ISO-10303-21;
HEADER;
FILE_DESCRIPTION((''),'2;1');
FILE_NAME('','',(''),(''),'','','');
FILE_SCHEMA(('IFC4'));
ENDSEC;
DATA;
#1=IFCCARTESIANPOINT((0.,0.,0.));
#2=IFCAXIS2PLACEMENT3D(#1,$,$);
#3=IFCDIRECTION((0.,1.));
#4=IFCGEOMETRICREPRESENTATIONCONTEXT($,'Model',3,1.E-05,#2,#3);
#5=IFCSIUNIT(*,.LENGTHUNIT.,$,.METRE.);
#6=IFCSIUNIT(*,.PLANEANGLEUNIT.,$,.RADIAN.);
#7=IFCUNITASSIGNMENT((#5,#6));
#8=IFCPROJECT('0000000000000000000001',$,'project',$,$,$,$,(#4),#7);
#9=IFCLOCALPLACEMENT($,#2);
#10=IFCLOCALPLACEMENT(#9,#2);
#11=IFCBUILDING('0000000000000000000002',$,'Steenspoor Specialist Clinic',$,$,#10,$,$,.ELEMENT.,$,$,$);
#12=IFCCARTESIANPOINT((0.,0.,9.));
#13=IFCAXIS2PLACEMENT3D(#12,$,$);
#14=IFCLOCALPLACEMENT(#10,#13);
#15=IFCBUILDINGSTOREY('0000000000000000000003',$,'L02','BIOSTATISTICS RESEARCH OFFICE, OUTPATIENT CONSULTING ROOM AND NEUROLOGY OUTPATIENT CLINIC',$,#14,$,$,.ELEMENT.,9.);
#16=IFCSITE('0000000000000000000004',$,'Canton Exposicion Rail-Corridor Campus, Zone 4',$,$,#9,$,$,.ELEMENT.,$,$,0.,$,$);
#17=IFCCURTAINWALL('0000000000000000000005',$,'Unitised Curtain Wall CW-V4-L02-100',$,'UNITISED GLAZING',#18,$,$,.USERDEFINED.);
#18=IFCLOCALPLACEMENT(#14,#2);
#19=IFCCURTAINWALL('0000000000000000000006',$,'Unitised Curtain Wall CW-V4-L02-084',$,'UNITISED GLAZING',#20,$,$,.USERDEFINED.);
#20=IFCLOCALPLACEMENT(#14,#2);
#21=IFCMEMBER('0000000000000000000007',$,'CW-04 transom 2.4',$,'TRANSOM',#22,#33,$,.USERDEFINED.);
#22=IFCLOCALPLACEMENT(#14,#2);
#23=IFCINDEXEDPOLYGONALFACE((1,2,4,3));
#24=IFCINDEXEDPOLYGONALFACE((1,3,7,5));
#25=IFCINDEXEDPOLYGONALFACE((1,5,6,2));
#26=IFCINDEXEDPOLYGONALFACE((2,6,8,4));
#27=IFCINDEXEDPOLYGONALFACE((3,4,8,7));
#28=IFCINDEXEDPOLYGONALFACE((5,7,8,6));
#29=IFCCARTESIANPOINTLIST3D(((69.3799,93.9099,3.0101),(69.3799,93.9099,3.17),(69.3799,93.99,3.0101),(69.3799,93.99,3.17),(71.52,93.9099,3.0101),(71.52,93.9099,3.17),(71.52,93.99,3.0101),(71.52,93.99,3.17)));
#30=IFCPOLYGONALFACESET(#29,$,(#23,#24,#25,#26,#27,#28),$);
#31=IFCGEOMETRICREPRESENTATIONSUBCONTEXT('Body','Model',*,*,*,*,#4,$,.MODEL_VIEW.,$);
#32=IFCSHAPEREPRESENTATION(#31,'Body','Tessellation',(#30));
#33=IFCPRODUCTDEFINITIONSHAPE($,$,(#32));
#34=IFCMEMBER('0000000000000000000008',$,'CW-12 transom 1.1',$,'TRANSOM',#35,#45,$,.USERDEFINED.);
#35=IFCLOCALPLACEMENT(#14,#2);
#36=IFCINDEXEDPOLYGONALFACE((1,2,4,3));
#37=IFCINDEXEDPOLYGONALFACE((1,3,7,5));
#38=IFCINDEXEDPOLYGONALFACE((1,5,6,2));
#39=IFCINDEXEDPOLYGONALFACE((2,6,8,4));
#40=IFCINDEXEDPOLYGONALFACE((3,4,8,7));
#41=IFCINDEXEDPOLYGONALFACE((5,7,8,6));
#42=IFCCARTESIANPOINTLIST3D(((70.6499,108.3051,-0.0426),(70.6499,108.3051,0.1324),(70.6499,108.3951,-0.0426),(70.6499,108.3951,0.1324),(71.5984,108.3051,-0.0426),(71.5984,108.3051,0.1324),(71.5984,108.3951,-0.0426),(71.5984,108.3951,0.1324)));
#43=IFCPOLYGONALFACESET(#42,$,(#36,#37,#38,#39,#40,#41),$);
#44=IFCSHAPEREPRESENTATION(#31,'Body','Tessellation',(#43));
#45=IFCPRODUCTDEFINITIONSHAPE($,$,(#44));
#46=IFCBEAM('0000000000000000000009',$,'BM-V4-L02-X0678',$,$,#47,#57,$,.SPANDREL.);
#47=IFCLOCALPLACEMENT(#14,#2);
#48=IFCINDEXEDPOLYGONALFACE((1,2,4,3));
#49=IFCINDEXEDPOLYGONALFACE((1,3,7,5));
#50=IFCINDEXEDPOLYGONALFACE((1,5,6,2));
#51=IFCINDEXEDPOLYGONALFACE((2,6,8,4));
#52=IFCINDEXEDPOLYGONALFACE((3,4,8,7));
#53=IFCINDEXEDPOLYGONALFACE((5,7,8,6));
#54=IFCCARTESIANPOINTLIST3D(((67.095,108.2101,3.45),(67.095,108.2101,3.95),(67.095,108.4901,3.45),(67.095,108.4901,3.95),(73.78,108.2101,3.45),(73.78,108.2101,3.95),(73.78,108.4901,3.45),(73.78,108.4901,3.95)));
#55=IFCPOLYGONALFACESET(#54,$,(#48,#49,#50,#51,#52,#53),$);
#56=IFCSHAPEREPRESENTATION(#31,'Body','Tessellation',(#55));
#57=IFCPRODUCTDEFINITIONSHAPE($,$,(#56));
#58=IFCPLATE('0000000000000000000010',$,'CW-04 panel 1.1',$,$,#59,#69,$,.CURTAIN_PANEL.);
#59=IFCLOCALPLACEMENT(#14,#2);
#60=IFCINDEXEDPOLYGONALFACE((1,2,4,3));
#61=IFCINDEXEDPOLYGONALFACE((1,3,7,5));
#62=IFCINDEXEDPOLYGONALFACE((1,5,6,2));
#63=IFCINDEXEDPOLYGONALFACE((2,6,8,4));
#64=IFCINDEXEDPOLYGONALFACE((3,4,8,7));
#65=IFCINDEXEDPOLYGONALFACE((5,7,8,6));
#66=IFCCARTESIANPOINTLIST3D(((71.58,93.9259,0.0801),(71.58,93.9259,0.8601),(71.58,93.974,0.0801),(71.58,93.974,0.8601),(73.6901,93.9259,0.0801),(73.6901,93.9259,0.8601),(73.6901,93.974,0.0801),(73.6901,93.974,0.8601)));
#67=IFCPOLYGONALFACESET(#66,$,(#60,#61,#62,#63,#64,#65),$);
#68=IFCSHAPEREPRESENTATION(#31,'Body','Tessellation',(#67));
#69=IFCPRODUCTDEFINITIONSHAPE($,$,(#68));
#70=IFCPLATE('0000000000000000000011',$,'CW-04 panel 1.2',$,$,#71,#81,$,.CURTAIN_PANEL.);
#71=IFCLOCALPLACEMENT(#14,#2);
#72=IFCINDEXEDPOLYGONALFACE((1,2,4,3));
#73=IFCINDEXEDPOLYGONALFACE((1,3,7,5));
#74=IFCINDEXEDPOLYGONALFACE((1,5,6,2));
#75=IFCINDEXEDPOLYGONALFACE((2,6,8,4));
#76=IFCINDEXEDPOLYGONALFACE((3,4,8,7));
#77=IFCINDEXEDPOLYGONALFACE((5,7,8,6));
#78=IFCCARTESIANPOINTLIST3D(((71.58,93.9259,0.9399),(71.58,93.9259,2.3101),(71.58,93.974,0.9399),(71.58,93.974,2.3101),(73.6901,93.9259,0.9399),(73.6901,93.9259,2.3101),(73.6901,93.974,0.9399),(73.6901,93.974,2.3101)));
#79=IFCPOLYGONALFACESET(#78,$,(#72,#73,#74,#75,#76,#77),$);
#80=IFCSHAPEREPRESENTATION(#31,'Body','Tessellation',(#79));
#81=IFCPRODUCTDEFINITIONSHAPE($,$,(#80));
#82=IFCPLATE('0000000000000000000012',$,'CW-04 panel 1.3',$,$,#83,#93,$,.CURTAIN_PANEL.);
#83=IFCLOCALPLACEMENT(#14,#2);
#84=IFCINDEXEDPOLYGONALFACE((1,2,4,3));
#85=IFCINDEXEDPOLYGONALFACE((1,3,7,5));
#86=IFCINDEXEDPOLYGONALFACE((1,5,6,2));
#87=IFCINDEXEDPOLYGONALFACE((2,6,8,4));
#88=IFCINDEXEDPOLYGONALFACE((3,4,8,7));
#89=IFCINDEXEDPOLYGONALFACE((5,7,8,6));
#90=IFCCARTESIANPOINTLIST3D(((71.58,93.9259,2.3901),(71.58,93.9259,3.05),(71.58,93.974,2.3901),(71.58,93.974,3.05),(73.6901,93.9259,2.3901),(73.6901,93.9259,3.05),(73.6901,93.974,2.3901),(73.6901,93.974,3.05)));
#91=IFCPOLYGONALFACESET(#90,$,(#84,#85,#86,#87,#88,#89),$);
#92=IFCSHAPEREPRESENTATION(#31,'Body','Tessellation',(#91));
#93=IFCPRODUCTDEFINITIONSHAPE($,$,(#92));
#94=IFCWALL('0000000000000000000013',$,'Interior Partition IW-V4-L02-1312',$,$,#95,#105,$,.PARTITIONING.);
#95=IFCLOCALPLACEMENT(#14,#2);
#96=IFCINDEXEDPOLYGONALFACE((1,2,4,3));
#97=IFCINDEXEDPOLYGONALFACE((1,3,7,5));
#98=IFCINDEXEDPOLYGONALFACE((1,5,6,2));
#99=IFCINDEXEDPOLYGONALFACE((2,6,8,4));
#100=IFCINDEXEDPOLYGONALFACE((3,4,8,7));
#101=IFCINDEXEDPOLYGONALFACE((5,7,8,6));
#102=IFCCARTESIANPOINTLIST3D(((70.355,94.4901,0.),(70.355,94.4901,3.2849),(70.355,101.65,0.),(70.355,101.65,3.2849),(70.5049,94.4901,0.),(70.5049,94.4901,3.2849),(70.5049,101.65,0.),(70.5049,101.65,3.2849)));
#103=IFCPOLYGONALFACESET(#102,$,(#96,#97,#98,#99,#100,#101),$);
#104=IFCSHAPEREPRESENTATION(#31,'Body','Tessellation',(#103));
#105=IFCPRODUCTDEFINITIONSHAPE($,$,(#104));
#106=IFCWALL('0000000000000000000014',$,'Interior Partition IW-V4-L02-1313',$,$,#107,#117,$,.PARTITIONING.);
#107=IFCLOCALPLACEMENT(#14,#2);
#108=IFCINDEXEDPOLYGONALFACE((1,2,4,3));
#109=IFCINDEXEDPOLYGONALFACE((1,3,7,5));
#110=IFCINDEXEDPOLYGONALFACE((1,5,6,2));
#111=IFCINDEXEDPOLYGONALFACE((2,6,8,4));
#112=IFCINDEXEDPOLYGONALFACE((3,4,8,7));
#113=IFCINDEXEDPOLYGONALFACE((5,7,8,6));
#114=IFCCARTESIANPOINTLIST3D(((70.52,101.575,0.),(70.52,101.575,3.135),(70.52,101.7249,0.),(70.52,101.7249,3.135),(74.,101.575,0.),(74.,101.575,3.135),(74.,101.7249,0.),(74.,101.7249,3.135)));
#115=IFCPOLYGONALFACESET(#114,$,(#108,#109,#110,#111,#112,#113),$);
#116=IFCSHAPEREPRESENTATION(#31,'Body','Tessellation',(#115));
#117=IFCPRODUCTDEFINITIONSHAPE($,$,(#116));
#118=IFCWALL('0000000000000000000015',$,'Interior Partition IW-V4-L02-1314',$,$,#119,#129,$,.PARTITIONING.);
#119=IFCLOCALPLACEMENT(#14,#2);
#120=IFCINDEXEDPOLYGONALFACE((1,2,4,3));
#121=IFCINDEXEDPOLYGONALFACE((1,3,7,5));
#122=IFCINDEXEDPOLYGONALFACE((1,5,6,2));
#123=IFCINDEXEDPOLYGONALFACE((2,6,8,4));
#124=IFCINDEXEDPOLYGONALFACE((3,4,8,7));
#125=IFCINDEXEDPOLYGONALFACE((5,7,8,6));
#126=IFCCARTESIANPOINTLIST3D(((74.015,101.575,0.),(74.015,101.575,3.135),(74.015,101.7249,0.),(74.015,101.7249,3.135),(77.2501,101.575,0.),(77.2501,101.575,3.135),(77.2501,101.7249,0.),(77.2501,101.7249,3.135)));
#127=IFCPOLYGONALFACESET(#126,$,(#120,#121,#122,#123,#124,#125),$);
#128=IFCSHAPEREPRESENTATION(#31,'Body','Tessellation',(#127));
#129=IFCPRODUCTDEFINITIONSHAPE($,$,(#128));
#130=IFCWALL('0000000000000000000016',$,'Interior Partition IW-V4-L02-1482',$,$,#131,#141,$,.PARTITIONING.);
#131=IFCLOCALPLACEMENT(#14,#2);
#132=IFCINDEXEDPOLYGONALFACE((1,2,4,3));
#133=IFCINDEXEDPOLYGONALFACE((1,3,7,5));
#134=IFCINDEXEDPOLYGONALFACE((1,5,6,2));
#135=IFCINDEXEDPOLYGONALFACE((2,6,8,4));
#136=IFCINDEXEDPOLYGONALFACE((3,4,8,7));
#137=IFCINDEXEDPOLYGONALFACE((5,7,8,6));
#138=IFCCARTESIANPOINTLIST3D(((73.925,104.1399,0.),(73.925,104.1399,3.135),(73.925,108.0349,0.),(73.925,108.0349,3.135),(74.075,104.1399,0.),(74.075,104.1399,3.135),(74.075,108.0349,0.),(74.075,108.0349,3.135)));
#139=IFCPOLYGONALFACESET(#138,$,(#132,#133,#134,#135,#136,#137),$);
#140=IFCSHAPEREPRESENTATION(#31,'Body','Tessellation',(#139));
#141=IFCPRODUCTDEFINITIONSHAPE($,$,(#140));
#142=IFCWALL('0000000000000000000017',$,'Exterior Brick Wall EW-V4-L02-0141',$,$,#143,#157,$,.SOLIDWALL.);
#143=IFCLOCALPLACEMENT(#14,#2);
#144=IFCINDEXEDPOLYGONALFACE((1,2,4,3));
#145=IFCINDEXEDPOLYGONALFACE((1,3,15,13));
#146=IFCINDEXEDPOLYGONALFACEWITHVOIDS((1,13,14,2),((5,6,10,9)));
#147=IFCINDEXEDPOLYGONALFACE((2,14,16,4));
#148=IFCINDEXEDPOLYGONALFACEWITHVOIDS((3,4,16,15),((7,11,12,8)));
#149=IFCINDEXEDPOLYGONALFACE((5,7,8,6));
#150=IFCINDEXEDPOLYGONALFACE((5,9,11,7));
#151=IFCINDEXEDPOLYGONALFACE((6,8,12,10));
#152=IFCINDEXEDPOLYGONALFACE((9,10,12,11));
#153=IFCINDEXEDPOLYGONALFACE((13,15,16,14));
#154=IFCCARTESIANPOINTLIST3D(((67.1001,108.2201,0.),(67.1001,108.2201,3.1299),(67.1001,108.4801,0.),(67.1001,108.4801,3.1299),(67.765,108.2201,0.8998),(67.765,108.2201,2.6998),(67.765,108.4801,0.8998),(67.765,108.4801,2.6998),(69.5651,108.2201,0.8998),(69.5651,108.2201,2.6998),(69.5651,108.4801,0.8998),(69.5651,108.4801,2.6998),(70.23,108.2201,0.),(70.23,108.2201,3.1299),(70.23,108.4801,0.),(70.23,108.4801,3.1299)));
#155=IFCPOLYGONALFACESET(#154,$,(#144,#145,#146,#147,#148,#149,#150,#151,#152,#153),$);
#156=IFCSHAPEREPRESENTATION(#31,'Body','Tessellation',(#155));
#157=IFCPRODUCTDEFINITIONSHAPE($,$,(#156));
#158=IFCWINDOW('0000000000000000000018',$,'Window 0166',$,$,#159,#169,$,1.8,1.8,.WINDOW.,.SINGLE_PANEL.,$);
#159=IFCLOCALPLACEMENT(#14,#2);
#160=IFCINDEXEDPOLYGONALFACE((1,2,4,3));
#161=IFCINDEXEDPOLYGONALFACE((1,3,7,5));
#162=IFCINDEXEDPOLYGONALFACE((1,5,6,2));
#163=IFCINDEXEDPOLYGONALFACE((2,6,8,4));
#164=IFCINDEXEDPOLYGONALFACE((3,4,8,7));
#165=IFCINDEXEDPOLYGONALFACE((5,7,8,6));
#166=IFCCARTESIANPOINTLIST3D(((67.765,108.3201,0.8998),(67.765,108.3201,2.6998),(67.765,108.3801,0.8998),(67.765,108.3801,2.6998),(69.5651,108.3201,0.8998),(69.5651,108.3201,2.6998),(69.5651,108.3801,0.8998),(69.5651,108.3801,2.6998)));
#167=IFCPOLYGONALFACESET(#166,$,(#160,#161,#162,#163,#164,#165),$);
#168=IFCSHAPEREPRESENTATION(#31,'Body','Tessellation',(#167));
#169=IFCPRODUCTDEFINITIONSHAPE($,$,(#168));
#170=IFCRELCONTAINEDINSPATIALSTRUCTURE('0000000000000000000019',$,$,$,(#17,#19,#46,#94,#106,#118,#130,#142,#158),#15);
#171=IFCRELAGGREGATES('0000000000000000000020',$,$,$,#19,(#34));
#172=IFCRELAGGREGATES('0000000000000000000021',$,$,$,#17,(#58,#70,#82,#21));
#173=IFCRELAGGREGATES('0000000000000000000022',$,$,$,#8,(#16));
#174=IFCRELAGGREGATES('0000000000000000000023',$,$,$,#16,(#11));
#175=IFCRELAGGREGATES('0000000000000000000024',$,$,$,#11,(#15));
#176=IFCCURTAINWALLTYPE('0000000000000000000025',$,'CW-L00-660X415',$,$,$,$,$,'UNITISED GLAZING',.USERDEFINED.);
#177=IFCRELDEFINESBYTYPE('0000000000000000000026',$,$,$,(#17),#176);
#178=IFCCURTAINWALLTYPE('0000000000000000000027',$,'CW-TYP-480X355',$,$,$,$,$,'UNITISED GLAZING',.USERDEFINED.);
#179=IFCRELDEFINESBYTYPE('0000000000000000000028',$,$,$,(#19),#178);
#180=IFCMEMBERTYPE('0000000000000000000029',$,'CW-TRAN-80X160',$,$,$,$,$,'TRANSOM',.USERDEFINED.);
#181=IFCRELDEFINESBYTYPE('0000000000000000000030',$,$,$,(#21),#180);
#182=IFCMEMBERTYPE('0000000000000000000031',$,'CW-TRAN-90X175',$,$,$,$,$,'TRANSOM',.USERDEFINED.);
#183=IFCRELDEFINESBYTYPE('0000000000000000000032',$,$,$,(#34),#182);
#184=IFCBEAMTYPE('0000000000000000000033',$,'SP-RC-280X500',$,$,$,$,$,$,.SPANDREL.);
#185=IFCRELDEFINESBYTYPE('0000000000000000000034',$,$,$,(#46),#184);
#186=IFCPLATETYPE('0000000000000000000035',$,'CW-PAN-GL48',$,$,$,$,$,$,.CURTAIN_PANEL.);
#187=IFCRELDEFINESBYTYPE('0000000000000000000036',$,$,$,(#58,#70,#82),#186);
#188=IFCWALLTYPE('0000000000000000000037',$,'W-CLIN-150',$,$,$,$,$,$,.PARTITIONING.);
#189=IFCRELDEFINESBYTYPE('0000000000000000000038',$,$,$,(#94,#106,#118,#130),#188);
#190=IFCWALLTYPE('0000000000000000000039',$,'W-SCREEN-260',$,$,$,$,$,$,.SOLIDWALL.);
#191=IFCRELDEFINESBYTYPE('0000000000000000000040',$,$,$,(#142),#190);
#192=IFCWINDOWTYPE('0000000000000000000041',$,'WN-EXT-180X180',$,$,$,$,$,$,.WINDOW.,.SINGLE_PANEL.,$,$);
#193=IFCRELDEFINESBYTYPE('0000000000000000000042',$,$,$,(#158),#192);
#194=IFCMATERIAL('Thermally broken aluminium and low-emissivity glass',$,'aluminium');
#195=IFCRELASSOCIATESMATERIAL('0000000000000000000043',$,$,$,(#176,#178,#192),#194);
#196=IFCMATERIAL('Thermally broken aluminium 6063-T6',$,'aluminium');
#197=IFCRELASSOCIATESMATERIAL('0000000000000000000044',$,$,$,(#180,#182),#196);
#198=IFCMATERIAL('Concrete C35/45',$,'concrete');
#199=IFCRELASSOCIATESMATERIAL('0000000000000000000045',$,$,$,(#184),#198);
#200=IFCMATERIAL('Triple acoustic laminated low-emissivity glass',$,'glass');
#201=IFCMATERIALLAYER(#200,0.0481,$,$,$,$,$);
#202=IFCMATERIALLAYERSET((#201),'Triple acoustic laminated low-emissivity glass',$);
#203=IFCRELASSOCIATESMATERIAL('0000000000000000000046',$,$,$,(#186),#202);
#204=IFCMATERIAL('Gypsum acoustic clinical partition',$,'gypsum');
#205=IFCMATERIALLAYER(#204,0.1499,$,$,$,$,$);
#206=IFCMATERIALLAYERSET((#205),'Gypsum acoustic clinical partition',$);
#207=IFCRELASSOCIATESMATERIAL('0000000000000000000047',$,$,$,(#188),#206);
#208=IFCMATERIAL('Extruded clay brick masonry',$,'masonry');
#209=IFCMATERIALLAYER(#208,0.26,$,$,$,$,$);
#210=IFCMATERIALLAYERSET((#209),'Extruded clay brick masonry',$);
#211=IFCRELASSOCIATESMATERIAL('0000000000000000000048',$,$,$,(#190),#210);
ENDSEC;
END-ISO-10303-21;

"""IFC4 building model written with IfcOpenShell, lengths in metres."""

from ifc_helpers import new_model, si_unit, direction, frame, frame_2d, origin, origin_2d, place, context, subcontext, project, spatial, rectangle, extrude, material, layer, layer_set, material_profile, profile_set, type_object, element, fill, aggregate, save


model = new_model("IFC4")

# Units and contexts
model_context = context("Model", 3, precision=1e-05, world=origin(), true_north=direction((0.0, 1.0)))
body_context = subcontext(model_context, "Body", "Model", "MODEL_VIEW")
ifc_project = project(units=[si_unit("LENGTHUNIT", "METRE"), si_unit("PLANEANGLEUNIT", "RADIAN")], contexts=[model_context])

# Site, building, storey
site_placement = place(None, origin())
site = spatial("IfcSite", under=ifc_project, at=site_placement, Name="Canton Exposicion Rail-Corridor Campus, Zone 4", CompositionType="ELEMENT", RefElevation=0.0)
building_placement = place(site_placement, origin())
building = spatial("IfcBuilding", under=site, at=building_placement, Name="Steenspoor Specialist Clinic", CompositionType="ELEMENT")
storey_placement = place(building_placement, frame((0.0, 0.0, 9.0)))
storey = spatial("IfcBuildingStorey", under=building, at=storey_placement, Name="L02", Description="BIOSTATISTICS RESEARCH OFFICE, OUTPATIENT CONSULTING ROOM AND NEUROLOGY OUTPATIENT CLINIC", CompositionType="ELEMENT", Elevation=9.0)

# Shared definitions
ifc_material_1 = material(Name="Concrete C35/45", Category="concrete")

# Curtain wall
ifc_material_2 = material(Name="Thermally broken aluminium and low-emissivity glass", Category="aluminium")
curtain_wall_type_1 = type_object("IfcCurtainWallType", Name="CW-L00-660X415", ElementType="UNITISED GLAZING", PredefinedType="USERDEFINED", material=ifc_material_2)
curtain_wall_1_placement = place(storey_placement, origin())
curtain_wall_1 = element("IfcCurtainWall", 1, at=curtain_wall_1_placement, inside=storey, type_object=curtain_wall_type_1, Name="Unitised Curtain Wall CW-V4-L02-100", ObjectType="UNITISED GLAZING", PredefinedType="USERDEFINED")
ifc_material_3 = material(Name="Thermally broken aluminium 6063-T6", Category="aluminium")

# Curtain wall
curtain_wall_type_2 = type_object("IfcCurtainWallType", Name="CW-TYP-480X355", ElementType="UNITISED GLAZING", PredefinedType="USERDEFINED", material=ifc_material_2)
curtain_wall_2_placement = place(storey_placement, origin())
curtain_wall_2 = element("IfcCurtainWall", 2, at=curtain_wall_2_placement, inside=storey, type_object=curtain_wall_type_2, Name="Unitised Curtain Wall CW-V4-L02-084", ObjectType="UNITISED GLAZING", PredefinedType="USERDEFINED")

# Members
ifc_material_profile_1 = material_profile(ifc_material_3, rectangle(XDim=0.0801, YDim=0.1599, at=origin_2d()), Name="CWT-80X160")
ifc_profile_set_1 = profile_set([ifc_material_profile_1], Name="Thermally broken aluminium 6063-T6")
member_type_1 = type_object("IfcMemberType", Name="CW-TRAN-80X160", ElementType="TRANSOM", PredefinedType="USERDEFINED", material=ifc_profile_set_1)
member_1_placement = place(storey_placement, frame((71.52, 93.95, 3.0901), z_axis=(-1.0, 0.0, 0.0), x_axis=(0.0, -1.0, 0.0)))
member_1 = element("IfcMember", 3, at=member_1_placement, type_object=member_type_1, Name="CW-04 transom 2.4", ObjectType="TRANSOM", PredefinedType="USERDEFINED", context=body_context, shape_type="SweptSolid", body=[
    extrude(rectangle(XDim=0.0801, YDim=0.1599, at=origin_2d()), origin(), (0.0, 0.0, 1.0), 2.1401),
])
ifc_material_profile_2 = material_profile(ifc_material_3, rectangle(XDim=0.0901, YDim=0.175, at=origin_2d()), Name="CWT-90X175")
ifc_profile_set_2 = profile_set([ifc_material_profile_2], Name="Thermally broken aluminium 6063-T6")
member_type_2 = type_object("IfcMemberType", Name="CW-TRAN-90X175", ElementType="TRANSOM", PredefinedType="USERDEFINED", material=ifc_profile_set_2)
member_2_placement = place(storey_placement, frame((70.6499, 108.3501, 0.0449), z_axis=(1.0, 0.0, 0.0), x_axis=(0.0, 1.0, 0.0)))
member_2 = element("IfcMember", 4, at=member_2_placement, type_object=member_type_2, Name="CW-12 transom 1.1", ObjectType="TRANSOM", PredefinedType="USERDEFINED", context=body_context, shape_type="SweptSolid", body=[
    extrude(rectangle(XDim=0.0901, YDim=0.175, at=origin_2d()), origin(), (0.0, 0.0, 1.0), 0.9485),
])
aggregate(curtain_wall_2, [member_2])

# Beam
ifc_material_profile_3 = material_profile(ifc_material_1, rectangle(XDim=0.28, YDim=0.5, at=origin_2d()), Name="RC-SP-280X500")
ifc_profile_set_3 = profile_set([ifc_material_profile_3], Name="Concrete C35/45")
beam_type_1 = type_object("IfcBeamType", Name="SP-RC-280X500", PredefinedType="SPANDREL", material=ifc_profile_set_3)
beam_1_placement = place(storey_placement, frame((67.095, 108.3501, 3.7), z_axis=(1.0, 0.0, 0.0), x_axis=(0.0, 1.0, 0.0)))
element("IfcBeam", 5, at=beam_1_placement, inside=storey, type_object=beam_type_1, Name="BM-V4-L02-X0678", PredefinedType="SPANDREL", context=body_context, shape_type="SweptSolid", body=[
    extrude(rectangle(XDim=0.28, YDim=0.5, at=origin_2d()), origin(), (0.0, 0.0, 1.0), 6.6851),
])

# Plates
ifc_material_4 = material(Name="Triple acoustic laminated low-emissivity glass", Category="glass")
ifc_layer_1 = layer(ifc_material_4, 0.0481)
ifc_layer_set_1 = layer_set([ifc_layer_1], Name="Triple acoustic laminated low-emissivity glass")
plate_type = type_object("IfcPlateType", Name="CW-PAN-GL48", PredefinedType="CURTAIN_PANEL", material=ifc_layer_set_1)
plate_1_placement = place(storey_placement, frame((72.635, 93.95, 0.0801), z_axis=(0.0, 0.0, 1.0), x_axis=(-1.0, 0.0, 0.0)))
plate_1 = element("IfcPlate", 6, at=plate_1_placement, type_object=plate_type, Name="CW-04 panel 1.1", PredefinedType="CURTAIN_PANEL", context=body_context, shape_type="SweptSolid", body=[
    extrude(rectangle(XDim=2.1101, YDim=0.0481, at=origin_2d()), origin(), (0.0, 0.0, 1.0), 0.78),
])
plate_2_placement = place(storey_placement, frame((72.635, 93.95, 0.9399), z_axis=(0.0, 0.0, 1.0), x_axis=(-1.0, 0.0, 0.0)))
plate_2 = element("IfcPlate", 7, at=plate_2_placement, type_object=plate_type, Name="CW-04 panel 1.2", PredefinedType="CURTAIN_PANEL", context=body_context, shape_type="SweptSolid", body=[
    extrude(rectangle(XDim=2.1101, YDim=0.0481, at=origin_2d()), origin(), (0.0, 0.0, 1.0), 1.3701),
])
plate_3_placement = place(storey_placement, frame((72.635, 93.95, 2.3901), z_axis=(0.0, 0.0, 1.0), x_axis=(-1.0, 0.0, 0.0)))
plate_3 = element("IfcPlate", 8, at=plate_3_placement, type_object=plate_type, Name="CW-04 panel 1.3", PredefinedType="CURTAIN_PANEL", context=body_context, shape_type="SweptSolid", body=[
    extrude(rectangle(XDim=2.1101, YDim=0.0481, at=origin_2d()), origin(), (0.0, 0.0, 1.0), 0.6599),
])
aggregate(curtain_wall_1, [plate_1, plate_2, plate_3, member_1])

# Walls
ifc_material_5 = material(Name="Gypsum acoustic clinical partition", Category="gypsum")
ifc_layer_2 = layer(ifc_material_5, 0.1499)
ifc_layer_set_2 = layer_set([ifc_layer_2], Name="Gypsum acoustic clinical partition")
wall_type_1 = type_object("IfcWallType", Name="W-CLIN-150", PredefinedType="PARTITIONING", material=ifc_layer_set_2)
wall_1_placement = place(storey_placement, frame((70.4299, 94.49, 0.0), z_axis=(0.0, 0.0, 1.0), x_axis=(0.0, 1.0, 0.0)))
element("IfcWall", 9, at=wall_1_placement, inside=storey, type_object=wall_type_1, Name="Interior Partition IW-V4-L02-1312", PredefinedType="PARTITIONING", context=body_context, shape_type="SweptSolid", body=[
    extrude(rectangle(XDim=7.1599, YDim=0.1499, at=frame_2d((3.5801, 0.0))), origin(), (0.0, 0.0, 1.0), 3.2849),
])
wall_2_placement = place(storey_placement, frame((70.52, 101.6499, 0.0), z_axis=(0.0, 0.0, 1.0), x_axis=(1.0, 0.0, 0.0)))
element("IfcWall", 10, at=wall_2_placement, inside=storey, type_object=wall_type_1, Name="Interior Partition IW-V4-L02-1313", PredefinedType="PARTITIONING", context=body_context, shape_type="SweptSolid", body=[
    extrude(rectangle(XDim=3.48, YDim=0.1499, at=frame_2d((1.74, 0.0))), origin(), (0.0, 0.0, 1.0), 3.135),
])
wall_3_placement = place(storey_placement, frame((74.0149, 101.6499, 0.0), z_axis=(0.0, 0.0, 1.0), x_axis=(1.0, 0.0, 0.0)))
element("IfcWall", 11, at=wall_3_placement, inside=storey, type_object=wall_type_1, Name="Interior Partition IW-V4-L02-1314", PredefinedType="PARTITIONING", context=body_context, shape_type="SweptSolid", body=[
    extrude(rectangle(XDim=3.2351, YDim=0.1499, at=frame_2d((1.6177, 0.0))), origin(), (0.0, 0.0, 1.0), 3.135),
])
wall_4_placement = place(storey_placement, frame((74.0, 104.1399, 0.0), z_axis=(0.0, 0.0, 1.0), x_axis=(0.0, 1.0, 0.0)))
element("IfcWall", 12, at=wall_4_placement, inside=storey, type_object=wall_type_1, Name="Interior Partition IW-V4-L02-1482", PredefinedType="PARTITIONING", context=body_context, shape_type="SweptSolid", body=[
    extrude(rectangle(XDim=3.895, YDim=0.1499, at=frame_2d((1.9475, 0.0))), origin(), (0.0, 0.0, 1.0), 3.135),
])

# Wall, opening, window
ifc_material_6 = material(Name="Extruded clay brick masonry", Category="masonry")
ifc_layer_3 = layer(ifc_material_6, 0.26)
ifc_layer_set_3 = layer_set([ifc_layer_3], Name="Extruded clay brick masonry")
wall_type_2 = type_object("IfcWallType", Name="W-SCREEN-260", PredefinedType="SOLIDWALL", material=ifc_layer_set_3)
wall_5_placement = place(storey_placement, frame((67.1001, 108.3501, 0.0), z_axis=(0.0, 0.0, 1.0), x_axis=(1.0, 0.0, 0.0)))
wall_5 = element("IfcWall", 13, at=wall_5_placement, inside=storey, type_object=wall_type_2, Name="Exterior Brick Wall EW-V4-L02-0141", PredefinedType="SOLIDWALL", context=body_context, shape_type="SweptSolid", body=[
    extrude(rectangle(XDim=3.1299, YDim=0.26, at=frame_2d((1.5649, 0.0))), origin(), (0.0, 0.0, 1.0), 3.1299),
])
opening_1_placement = place(wall_5_placement, frame((0.665, 0.0, 0.8999)))
opening_1 = element("IfcOpeningElement", 14, at=opening_1_placement, cuts=wall_5, PredefinedType="OPENING", context=body_context, shape_type="SweptSolid", body=[
    extrude(rectangle(XDim=1.8, YDim=1.8, at=frame_2d((0.8999, 0.8999))), frame((0.0, 0.1401, 0.0), z_axis=(0.0, -1.0, 0.0), x_axis=(1.0, 0.0, 0.0)), (0.0, 0.0, 1.0), 0.28),
])
window_type = type_object("IfcWindowType", Name="WN-EXT-180X180", PartitioningType="SINGLE_PANEL", PredefinedType="WINDOW", material=ifc_material_2)
window_placement = place(opening_1_placement, origin())
window = element("IfcWindow", 15, at=window_placement, inside=storey, type_object=window_type, Name="Window 0166", OverallHeight=1.8, OverallWidth=1.8, PartitioningType="SINGLE_PANEL", PredefinedType="WINDOW", context=body_context, shape_type="SweptSolid", body=[
    extrude(rectangle(XDim=1.8, YDim=1.8, at=frame_2d((0.8999, 0.8999))), frame((0.0, 0.03, 0.0), z_axis=(0.0, -1.0, 0.0), x_axis=(1.0, 0.0, 0.0)), (0.0, 0.0, 1.0), 0.0601),
])
fill(opening_1, window)

save(model, "model.ifc")
